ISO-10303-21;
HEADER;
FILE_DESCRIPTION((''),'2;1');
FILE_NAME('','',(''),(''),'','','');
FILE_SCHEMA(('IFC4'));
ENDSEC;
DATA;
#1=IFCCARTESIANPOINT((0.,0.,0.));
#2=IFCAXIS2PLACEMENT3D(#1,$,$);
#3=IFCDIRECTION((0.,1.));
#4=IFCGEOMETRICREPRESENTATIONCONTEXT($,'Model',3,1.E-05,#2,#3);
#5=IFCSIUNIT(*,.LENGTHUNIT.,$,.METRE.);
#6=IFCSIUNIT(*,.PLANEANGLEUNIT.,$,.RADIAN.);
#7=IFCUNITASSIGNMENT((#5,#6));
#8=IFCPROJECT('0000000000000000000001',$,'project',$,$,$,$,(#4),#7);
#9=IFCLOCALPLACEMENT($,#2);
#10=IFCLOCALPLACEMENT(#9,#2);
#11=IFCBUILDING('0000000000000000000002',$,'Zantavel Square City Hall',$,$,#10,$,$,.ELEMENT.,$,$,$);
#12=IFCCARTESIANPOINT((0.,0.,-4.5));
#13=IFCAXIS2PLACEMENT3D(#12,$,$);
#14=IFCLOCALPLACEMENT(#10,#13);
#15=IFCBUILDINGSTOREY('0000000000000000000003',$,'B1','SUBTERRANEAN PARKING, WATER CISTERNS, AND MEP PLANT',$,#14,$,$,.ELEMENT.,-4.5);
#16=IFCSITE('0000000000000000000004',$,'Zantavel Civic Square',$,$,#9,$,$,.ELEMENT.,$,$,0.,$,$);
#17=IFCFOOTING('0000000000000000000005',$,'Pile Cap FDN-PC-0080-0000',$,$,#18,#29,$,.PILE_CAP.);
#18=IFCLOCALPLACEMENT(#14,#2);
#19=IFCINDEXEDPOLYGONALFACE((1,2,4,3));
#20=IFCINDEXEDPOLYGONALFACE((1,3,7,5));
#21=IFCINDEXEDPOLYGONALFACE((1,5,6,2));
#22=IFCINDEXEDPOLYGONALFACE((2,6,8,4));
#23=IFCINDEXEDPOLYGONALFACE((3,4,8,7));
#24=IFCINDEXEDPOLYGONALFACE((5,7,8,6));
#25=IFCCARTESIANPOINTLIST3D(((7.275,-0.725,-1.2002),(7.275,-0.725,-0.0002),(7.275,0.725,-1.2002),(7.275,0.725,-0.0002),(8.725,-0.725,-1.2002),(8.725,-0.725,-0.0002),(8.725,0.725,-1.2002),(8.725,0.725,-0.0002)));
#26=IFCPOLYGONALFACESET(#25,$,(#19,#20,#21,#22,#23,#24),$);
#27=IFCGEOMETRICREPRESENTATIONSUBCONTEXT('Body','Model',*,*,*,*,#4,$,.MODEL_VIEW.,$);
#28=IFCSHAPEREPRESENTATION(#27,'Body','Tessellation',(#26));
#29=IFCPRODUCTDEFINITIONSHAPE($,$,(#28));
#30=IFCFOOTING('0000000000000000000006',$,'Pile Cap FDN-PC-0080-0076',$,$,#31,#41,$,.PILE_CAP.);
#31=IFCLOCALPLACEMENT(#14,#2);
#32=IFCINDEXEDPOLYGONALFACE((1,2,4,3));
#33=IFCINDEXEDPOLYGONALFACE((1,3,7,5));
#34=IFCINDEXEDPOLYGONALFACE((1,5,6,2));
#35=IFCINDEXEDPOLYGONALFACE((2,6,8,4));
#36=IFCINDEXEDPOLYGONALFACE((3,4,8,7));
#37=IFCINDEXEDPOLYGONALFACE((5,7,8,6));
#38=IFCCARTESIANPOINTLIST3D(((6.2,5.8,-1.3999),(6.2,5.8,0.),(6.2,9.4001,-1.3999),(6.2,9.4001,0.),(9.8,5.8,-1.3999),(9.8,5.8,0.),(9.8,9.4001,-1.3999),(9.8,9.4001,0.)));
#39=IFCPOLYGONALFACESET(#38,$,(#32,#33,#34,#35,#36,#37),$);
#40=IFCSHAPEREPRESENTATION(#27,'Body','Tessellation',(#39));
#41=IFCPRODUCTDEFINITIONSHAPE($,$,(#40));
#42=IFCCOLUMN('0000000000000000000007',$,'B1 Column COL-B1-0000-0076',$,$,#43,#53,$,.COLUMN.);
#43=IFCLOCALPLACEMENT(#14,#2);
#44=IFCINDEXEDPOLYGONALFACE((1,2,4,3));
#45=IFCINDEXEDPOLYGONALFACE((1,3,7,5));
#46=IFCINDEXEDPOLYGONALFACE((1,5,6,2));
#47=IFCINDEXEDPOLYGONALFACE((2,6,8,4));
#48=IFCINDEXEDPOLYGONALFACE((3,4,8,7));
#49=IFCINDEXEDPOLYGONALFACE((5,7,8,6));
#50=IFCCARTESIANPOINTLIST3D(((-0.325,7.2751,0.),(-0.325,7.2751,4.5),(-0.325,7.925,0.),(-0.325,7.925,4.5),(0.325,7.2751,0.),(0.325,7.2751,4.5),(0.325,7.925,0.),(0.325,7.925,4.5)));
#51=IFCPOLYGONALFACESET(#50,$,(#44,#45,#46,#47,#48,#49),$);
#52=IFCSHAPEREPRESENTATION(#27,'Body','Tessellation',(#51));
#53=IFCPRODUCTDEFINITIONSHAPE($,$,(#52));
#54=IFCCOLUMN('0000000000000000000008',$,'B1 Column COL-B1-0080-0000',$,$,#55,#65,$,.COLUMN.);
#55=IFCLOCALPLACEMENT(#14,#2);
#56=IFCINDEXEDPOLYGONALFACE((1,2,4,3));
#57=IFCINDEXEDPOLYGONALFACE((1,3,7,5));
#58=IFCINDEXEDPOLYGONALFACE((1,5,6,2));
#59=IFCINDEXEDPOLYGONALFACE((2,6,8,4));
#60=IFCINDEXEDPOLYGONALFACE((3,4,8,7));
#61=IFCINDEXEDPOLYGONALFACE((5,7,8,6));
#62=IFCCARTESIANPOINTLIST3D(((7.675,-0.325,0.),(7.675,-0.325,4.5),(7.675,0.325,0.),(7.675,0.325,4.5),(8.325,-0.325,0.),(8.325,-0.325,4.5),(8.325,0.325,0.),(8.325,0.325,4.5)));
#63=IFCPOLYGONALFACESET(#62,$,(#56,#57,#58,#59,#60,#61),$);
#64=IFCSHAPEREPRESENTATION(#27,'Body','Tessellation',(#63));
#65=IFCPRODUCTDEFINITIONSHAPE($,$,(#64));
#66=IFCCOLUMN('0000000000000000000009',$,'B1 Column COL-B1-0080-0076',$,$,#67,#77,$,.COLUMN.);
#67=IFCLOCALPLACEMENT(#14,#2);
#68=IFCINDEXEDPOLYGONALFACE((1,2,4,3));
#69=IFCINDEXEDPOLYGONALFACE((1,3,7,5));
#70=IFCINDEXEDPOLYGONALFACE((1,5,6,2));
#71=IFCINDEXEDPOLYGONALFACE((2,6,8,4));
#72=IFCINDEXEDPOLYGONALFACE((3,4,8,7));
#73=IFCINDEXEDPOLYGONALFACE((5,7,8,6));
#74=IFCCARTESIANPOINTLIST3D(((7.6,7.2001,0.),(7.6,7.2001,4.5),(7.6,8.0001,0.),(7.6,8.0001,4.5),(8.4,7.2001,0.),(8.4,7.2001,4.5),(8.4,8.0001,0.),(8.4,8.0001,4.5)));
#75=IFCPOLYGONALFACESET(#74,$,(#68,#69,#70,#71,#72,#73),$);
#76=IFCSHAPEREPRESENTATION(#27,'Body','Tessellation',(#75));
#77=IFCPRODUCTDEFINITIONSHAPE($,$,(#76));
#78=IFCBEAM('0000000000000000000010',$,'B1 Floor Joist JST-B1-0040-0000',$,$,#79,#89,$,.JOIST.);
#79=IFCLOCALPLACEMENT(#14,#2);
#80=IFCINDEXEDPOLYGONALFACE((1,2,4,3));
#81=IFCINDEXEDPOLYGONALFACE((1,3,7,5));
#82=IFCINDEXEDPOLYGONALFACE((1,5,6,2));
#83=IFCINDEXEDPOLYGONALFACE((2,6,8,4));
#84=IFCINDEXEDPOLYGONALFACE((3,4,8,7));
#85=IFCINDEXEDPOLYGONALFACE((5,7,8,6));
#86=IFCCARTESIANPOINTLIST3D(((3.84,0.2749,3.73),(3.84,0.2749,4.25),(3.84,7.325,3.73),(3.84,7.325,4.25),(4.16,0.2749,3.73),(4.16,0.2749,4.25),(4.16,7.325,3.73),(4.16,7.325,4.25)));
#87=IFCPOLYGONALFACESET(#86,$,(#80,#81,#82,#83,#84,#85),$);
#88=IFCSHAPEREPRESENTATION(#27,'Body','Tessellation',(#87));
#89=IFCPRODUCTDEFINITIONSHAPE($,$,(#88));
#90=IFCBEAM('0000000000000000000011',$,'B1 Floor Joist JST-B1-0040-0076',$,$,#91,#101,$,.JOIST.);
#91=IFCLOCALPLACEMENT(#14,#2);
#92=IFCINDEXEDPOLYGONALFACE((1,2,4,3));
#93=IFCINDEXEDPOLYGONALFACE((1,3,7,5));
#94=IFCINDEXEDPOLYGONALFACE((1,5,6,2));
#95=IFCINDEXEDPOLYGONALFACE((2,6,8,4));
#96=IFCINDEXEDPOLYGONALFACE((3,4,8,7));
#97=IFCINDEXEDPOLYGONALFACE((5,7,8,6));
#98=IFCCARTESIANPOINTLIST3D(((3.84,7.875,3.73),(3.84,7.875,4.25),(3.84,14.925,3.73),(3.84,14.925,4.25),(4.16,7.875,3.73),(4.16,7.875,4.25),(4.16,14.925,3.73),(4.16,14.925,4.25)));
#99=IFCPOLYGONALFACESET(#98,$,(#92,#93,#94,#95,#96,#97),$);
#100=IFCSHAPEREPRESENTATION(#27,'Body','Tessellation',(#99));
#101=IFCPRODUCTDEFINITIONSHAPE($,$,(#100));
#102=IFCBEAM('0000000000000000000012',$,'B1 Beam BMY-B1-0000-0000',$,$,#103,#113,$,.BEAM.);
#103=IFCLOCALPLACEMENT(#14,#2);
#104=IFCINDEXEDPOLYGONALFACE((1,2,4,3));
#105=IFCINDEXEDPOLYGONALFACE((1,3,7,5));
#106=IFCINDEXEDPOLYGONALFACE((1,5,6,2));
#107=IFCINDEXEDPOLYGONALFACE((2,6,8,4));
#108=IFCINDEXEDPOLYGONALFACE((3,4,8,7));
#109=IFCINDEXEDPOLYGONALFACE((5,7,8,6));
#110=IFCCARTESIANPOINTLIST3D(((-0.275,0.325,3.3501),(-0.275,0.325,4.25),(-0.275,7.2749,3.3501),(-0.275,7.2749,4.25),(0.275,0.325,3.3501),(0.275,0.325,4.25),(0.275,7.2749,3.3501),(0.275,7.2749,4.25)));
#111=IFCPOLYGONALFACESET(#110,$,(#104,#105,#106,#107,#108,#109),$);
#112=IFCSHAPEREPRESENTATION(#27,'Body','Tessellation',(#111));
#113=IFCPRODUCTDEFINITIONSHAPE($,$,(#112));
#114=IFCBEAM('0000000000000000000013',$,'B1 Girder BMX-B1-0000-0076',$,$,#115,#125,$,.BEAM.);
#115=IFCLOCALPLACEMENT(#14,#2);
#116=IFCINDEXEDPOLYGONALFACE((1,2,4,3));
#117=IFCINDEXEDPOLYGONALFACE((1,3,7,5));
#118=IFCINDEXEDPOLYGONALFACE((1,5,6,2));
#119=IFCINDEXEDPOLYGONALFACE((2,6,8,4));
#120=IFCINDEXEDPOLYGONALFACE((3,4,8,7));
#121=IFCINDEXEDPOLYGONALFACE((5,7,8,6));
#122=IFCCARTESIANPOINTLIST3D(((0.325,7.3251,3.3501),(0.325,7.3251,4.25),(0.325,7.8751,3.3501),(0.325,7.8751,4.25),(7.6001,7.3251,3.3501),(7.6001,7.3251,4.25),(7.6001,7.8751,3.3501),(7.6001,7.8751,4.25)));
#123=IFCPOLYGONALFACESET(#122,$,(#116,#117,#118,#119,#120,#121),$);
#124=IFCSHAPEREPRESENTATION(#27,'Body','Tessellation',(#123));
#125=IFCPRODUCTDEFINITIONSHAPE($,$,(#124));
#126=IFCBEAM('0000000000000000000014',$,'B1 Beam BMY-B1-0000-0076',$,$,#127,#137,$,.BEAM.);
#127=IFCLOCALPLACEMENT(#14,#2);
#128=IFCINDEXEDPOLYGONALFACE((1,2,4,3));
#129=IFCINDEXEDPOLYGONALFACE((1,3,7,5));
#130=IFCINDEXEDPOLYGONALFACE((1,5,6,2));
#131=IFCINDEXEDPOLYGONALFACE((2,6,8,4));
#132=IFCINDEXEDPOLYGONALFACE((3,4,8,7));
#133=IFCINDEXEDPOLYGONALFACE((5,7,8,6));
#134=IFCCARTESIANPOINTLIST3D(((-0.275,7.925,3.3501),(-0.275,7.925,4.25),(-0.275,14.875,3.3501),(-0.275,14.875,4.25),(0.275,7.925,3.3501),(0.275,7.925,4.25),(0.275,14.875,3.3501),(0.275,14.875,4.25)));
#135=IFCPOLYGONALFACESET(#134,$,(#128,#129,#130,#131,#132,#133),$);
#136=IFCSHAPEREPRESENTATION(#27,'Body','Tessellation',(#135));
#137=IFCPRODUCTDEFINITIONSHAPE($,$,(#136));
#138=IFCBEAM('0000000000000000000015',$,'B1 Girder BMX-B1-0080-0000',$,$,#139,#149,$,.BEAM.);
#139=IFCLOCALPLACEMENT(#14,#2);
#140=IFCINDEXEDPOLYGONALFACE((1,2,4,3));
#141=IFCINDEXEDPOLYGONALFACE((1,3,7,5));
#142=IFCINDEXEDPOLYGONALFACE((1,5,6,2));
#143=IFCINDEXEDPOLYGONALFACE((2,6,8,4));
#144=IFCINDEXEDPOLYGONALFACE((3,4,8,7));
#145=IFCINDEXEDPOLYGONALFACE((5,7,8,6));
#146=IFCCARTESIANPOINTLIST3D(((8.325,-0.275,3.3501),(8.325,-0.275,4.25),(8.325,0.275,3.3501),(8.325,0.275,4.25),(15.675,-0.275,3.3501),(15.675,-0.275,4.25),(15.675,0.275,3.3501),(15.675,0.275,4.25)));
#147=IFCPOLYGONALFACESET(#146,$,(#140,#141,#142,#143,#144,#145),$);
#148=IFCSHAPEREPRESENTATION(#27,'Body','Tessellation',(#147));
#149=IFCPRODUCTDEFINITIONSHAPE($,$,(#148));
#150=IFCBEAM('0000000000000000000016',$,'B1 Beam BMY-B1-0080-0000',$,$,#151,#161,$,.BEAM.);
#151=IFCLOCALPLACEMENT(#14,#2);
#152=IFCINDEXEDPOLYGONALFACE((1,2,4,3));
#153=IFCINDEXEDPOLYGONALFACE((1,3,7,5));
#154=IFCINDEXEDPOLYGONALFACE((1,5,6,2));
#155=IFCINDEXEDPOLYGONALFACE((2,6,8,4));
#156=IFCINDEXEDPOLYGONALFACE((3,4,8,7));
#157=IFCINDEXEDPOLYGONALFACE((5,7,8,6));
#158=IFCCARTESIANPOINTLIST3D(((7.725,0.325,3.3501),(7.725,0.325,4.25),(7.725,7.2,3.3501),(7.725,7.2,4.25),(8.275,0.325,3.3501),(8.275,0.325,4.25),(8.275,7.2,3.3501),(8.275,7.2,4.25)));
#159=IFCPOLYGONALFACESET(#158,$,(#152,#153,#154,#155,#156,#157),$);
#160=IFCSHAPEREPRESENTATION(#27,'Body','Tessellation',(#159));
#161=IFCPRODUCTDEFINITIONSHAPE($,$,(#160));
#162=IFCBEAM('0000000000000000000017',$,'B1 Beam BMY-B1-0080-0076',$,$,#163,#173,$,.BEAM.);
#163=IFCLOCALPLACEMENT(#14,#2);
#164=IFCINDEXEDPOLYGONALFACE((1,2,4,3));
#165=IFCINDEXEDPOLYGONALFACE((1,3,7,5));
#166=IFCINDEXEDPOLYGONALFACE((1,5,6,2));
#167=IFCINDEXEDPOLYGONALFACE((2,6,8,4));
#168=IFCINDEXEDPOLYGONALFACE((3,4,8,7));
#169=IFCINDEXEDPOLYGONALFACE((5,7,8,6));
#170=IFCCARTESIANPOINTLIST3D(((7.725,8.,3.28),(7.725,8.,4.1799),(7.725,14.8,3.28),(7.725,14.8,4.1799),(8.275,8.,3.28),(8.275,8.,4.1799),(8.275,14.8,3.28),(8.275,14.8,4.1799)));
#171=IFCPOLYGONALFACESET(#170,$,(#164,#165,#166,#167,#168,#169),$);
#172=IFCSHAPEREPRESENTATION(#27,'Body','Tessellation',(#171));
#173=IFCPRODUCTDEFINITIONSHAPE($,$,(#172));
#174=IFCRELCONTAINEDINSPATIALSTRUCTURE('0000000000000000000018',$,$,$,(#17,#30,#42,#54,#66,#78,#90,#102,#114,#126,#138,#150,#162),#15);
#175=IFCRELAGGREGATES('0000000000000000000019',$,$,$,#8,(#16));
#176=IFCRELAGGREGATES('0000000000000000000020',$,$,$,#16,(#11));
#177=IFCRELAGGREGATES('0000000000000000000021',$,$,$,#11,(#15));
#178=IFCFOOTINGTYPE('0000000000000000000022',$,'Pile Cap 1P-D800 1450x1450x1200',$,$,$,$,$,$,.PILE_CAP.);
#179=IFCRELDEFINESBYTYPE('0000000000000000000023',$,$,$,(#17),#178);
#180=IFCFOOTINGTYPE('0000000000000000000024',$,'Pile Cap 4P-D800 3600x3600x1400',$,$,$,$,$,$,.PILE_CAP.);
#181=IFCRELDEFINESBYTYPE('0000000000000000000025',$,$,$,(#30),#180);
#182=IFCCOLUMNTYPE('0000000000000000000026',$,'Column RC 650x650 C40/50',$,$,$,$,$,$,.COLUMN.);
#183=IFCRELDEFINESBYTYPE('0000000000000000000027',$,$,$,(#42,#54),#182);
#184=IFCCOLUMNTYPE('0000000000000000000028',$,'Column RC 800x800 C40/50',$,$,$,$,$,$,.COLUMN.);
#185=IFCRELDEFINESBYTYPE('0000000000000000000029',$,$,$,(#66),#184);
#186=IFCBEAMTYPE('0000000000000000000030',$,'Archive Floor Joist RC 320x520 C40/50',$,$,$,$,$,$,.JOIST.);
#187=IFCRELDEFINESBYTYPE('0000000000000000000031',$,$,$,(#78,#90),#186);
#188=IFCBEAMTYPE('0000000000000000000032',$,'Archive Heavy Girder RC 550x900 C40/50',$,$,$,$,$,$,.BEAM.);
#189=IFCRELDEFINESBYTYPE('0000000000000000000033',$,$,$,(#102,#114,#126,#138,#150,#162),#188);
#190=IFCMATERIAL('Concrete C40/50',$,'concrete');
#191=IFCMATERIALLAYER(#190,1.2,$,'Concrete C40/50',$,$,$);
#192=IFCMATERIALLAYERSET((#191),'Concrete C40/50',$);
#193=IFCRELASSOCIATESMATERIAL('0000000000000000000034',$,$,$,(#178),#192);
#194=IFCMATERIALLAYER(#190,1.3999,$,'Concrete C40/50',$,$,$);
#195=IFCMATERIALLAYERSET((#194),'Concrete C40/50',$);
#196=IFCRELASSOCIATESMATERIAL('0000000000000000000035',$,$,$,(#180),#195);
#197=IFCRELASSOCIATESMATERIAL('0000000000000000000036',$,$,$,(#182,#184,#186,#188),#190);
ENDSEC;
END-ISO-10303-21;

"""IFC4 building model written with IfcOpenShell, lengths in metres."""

from ifc_helpers import new_model, si_unit, direction, frame, origin, origin_2d, place, context, subcontext, project, spatial, rectangle, extrude, material, layer, layer_set, material_profile, profile_set, type_object, element, save


model = new_model("IFC4")

# Units and contexts
model_context = context("Model", 3, precision=1e-05, world=origin(), true_north=direction((0.0, 1.0)))
body_context = subcontext(model_context, "Body", "Model", "MODEL_VIEW")
ifc_project = project(units=[si_unit("LENGTHUNIT", "METRE"), si_unit("PLANEANGLEUNIT", "RADIAN")], contexts=[model_context])

# Site, building, storey
site_placement = place(None, origin())
site = spatial("IfcSite", under=ifc_project, at=site_placement, Name="Zantavel Civic Square", CompositionType="ELEMENT", RefElevation=0.0)
building_placement = place(site_placement, origin())
building = spatial("IfcBuilding", under=site, at=building_placement, Name="Zantavel Square City Hall", CompositionType="ELEMENT")
storey_placement = place(building_placement, frame((0.0, 0.0, -4.5)))
storey = spatial("IfcBuildingStorey", under=building, at=storey_placement, Name="B1", Description="SUBTERRANEAN PARKING, WATER CISTERNS, AND MEP PLANT", CompositionType="ELEMENT", Elevation=-4.5)

# Footings
ifc_material_1 = material(Name="Concrete C40/50", Category="concrete")
ifc_layer_1 = layer(ifc_material_1, 1.2, Name="Concrete C40/50")
ifc_layer_set_1 = layer_set([ifc_layer_1], Name="Concrete C40/50")
footing_type_1 = type_object("IfcFootingType", Name="Pile Cap 1P-D800 1450x1450x1200", PredefinedType="PILE_CAP", material=ifc_layer_set_1)
for number, where, z_axis, x_axis, name in (
    (1, (8.0, 0.0, -1.2002), (0.0, 0.0, 1.0), (1.0, 0.0, 0.0), "Pile Cap FDN-PC-0080-0000"),
):
    element("IfcFooting", number, at=place(storey_placement, frame(where, z_axis=z_axis, x_axis=x_axis)), inside=storey, type_object=footing_type_1, Name=name, PredefinedType="PILE_CAP", context=body_context, shape_type="SweptSolid", body=[
        extrude(rectangle(XDim=1.45, YDim=1.45, at=origin_2d()), origin(), (0.0, 0.0, 1.0), 1.2),
    ])
ifc_layer_2 = layer(ifc_material_1, 1.3999, Name="Concrete C40/50")
ifc_layer_set_2 = layer_set([ifc_layer_2], Name="Concrete C40/50")
footing_type_2 = type_object("IfcFootingType", Name="Pile Cap 4P-D800 3600x3600x1400", PredefinedType="PILE_CAP", material=ifc_layer_set_2)
footing_1_placement = place(storey_placement, frame((8.0, 7.6001, -1.3999), z_axis=(0.0, 0.0, 1.0), x_axis=(1.0, 0.0, 0.0)))
element("IfcFooting", 2, at=footing_1_placement, inside=storey, type_object=footing_type_2, Name="Pile Cap FDN-PC-0080-0076", PredefinedType="PILE_CAP", context=body_context, shape_type="SweptSolid", body=[
    extrude(rectangle(XDim=3.6001, YDim=3.6001, at=origin_2d()), origin(), (0.0, 0.0, 1.0), 1.3999),
])

# Columns
ifc_material_profile_1 = material_profile(ifc_material_1, rectangle(XDim=0.6499, YDim=0.6499, at=origin_2d()), Name="RC 650x650")
ifc_profile_set_1 = profile_set([ifc_material_profile_1], Name="Concrete C40/50")
column_type_1 = type_object("IfcColumnType", Name="Column RC 650x650 C40/50", PredefinedType="COLUMN", material=ifc_profile_set_1)
for number, where, z_axis, x_axis, name in (
    (3, (0.0, 7.6001, 0.0), (0.0, 0.0, 1.0), (1.0, 0.0, 0.0), "B1 Column COL-B1-0000-0076"),
    (4, (8.0, 0.0, 0.0), (0.0, 0.0, 1.0), (1.0, 0.0, 0.0), "B1 Column COL-B1-0080-0000"),
):
    element("IfcColumn", number, at=place(storey_placement, frame(where, z_axis=z_axis, x_axis=x_axis)), inside=storey, type_object=column_type_1, Name=name, PredefinedType="COLUMN", context=body_context, shape_type="SweptSolid", body=[
        extrude(rectangle(XDim=0.6499, YDim=0.6499, at=origin_2d()), origin(), (0.0, 0.0, 1.0), 4.5),
    ])
ifc_material_profile_2 = material_profile(ifc_material_1, rectangle(XDim=0.8, YDim=0.8, at=origin_2d()), Name="RC 800x800")
ifc_profile_set_2 = profile_set([ifc_material_profile_2], Name="Concrete C40/50")
column_type_2 = type_object("IfcColumnType", Name="Column RC 800x800 C40/50", PredefinedType="COLUMN", material=ifc_profile_set_2)
column_placement = place(storey_placement, frame((8.0, 7.6001, 0.0), z_axis=(0.0, 0.0, 1.0), x_axis=(1.0, 0.0, 0.0)))
element("IfcColumn", 5, at=column_placement, inside=storey, type_object=column_type_2, Name="B1 Column COL-B1-0080-0076", PredefinedType="COLUMN", context=body_context, shape_type="SweptSolid", body=[
    extrude(rectangle(XDim=0.8, YDim=0.8, at=origin_2d()), origin(), (0.0, 0.0, 1.0), 4.5),
])

# Beams
ifc_material_profile_3 = material_profile(ifc_material_1, rectangle(XDim=0.3201, YDim=0.52, at=origin_2d()), Name="RC 320x520")
ifc_profile_set_3 = profile_set([ifc_material_profile_3], Name="Concrete C40/50")
beam_type_1 = type_object("IfcBeamType", Name="Archive Floor Joist RC 320x520 C40/50", PredefinedType="JOIST", material=ifc_profile_set_3)
for number, where, z_axis, x_axis, name in (
    (6, (4.0, 0.2749, 3.99), (0.0, 1.0, 0.0), (-1.0, 0.0, 0.0), "B1 Floor Joist JST-B1-0040-0000"),
    (7, (4.0, 7.875, 3.99), (0.0, 1.0, 0.0), (-1.0, 0.0, 0.0), "B1 Floor Joist JST-B1-0040-0076"),
):
    element("IfcBeam", number, at=place(storey_placement, frame(where, z_axis=z_axis, x_axis=x_axis)), inside=storey, type_object=beam_type_1, Name=name, PredefinedType="JOIST", context=body_context, shape_type="SweptSolid", body=[
        extrude(rectangle(XDim=0.3201, YDim=0.52, at=origin_2d()), origin(), (0.0, 0.0, 1.0), 7.05),
    ])
ifc_material_profile_4 = material_profile(ifc_material_1, rectangle(XDim=0.55, YDim=0.8999, at=origin_2d()), Name="RC 550x900")
ifc_profile_set_4 = profile_set([ifc_material_profile_4], Name="Concrete C40/50")
beam_type_2 = type_object("IfcBeamType", Name="Archive Heavy Girder RC 550x900 C40/50", PredefinedType="BEAM", material=ifc_profile_set_4)
beam_1_placement = place(storey_placement, frame((0.0, 0.325, 3.8), z_axis=(0.0, 1.0, 0.0), x_axis=(-1.0, 0.0, 0.0)))
element("IfcBeam", 8, at=beam_1_placement, inside=storey, type_object=beam_type_2, Name="B1 Beam BMY-B1-0000-0000", PredefinedType="BEAM", context=body_context, shape_type="SweptSolid", body=[
    extrude(rectangle(XDim=0.55, YDim=0.8999, at=origin_2d()), origin(), (0.0, 0.0, 1.0), 6.95),
])
beam_2_placement = place(storey_placement, frame((0.325, 7.6001, 3.8), z_axis=(1.0, 0.0, 0.0), x_axis=(0.0, 1.0, 0.0)))
element("IfcBeam", 9, at=beam_2_placement, inside=storey, type_object=beam_type_2, Name="B1 Girder BMX-B1-0000-0076", PredefinedType="BEAM", context=body_context, shape_type="SweptSolid", body=[
    extrude(rectangle(XDim=0.55, YDim=0.8999, at=origin_2d()), origin(), (0.0, 0.0, 1.0), 7.2751),
])
beam_3_placement = place(storey_placement, frame((0.0, 7.925, 3.8), z_axis=(0.0, 1.0, 0.0), x_axis=(-1.0, 0.0, 0.0)))
element("IfcBeam", 10, at=beam_3_placement, inside=storey, type_object=beam_type_2, Name="B1 Beam BMY-B1-0000-0076", PredefinedType="BEAM", context=body_context, shape_type="SweptSolid", body=[
    extrude(rectangle(XDim=0.55, YDim=0.8999, at=origin_2d()), origin(), (0.0, 0.0, 1.0), 6.95),
])
beam_4_placement = place(storey_placement, frame((8.325, 0.0, 3.8), z_axis=(1.0, 0.0, 0.0), x_axis=(0.0, 1.0, 0.0)))
element("IfcBeam", 11, at=beam_4_placement, inside=storey, type_object=beam_type_2, Name="B1 Girder BMX-B1-0080-0000", PredefinedType="BEAM", context=body_context, shape_type="SweptSolid", body=[
    extrude(rectangle(XDim=0.55, YDim=0.8999, at=origin_2d()), origin(), (0.0, 0.0, 1.0), 7.3501),
])
beam_5_placement = place(storey_placement, frame((8.0, 0.325, 3.8), z_axis=(0.0, 1.0, 0.0), x_axis=(-1.0, 0.0, 0.0)))
element("IfcBeam", 12, at=beam_5_placement, inside=storey, type_object=beam_type_2, Name="B1 Beam BMY-B1-0080-0000", PredefinedType="BEAM", context=body_context, shape_type="SweptSolid", body=[
    extrude(rectangle(XDim=0.55, YDim=0.8999, at=origin_2d()), origin(), (0.0, 0.0, 1.0), 6.875),
])
beam_6_placement = place(storey_placement, frame((8.0, 8.0, 3.73), z_axis=(0.0, 1.0, 0.0), x_axis=(-1.0, 0.0, 0.0)))
element("IfcBeam", 13, at=beam_6_placement, inside=storey, type_object=beam_type_2, Name="B1 Beam BMY-B1-0080-0076", PredefinedType="BEAM", context=body_context, shape_type="SweptSolid", body=[
    extrude(rectangle(XDim=0.55, YDim=0.8999, at=origin_2d()), origin(), (0.0, 0.0, 1.0), 6.8),
])

save(model, "model.ifc")
